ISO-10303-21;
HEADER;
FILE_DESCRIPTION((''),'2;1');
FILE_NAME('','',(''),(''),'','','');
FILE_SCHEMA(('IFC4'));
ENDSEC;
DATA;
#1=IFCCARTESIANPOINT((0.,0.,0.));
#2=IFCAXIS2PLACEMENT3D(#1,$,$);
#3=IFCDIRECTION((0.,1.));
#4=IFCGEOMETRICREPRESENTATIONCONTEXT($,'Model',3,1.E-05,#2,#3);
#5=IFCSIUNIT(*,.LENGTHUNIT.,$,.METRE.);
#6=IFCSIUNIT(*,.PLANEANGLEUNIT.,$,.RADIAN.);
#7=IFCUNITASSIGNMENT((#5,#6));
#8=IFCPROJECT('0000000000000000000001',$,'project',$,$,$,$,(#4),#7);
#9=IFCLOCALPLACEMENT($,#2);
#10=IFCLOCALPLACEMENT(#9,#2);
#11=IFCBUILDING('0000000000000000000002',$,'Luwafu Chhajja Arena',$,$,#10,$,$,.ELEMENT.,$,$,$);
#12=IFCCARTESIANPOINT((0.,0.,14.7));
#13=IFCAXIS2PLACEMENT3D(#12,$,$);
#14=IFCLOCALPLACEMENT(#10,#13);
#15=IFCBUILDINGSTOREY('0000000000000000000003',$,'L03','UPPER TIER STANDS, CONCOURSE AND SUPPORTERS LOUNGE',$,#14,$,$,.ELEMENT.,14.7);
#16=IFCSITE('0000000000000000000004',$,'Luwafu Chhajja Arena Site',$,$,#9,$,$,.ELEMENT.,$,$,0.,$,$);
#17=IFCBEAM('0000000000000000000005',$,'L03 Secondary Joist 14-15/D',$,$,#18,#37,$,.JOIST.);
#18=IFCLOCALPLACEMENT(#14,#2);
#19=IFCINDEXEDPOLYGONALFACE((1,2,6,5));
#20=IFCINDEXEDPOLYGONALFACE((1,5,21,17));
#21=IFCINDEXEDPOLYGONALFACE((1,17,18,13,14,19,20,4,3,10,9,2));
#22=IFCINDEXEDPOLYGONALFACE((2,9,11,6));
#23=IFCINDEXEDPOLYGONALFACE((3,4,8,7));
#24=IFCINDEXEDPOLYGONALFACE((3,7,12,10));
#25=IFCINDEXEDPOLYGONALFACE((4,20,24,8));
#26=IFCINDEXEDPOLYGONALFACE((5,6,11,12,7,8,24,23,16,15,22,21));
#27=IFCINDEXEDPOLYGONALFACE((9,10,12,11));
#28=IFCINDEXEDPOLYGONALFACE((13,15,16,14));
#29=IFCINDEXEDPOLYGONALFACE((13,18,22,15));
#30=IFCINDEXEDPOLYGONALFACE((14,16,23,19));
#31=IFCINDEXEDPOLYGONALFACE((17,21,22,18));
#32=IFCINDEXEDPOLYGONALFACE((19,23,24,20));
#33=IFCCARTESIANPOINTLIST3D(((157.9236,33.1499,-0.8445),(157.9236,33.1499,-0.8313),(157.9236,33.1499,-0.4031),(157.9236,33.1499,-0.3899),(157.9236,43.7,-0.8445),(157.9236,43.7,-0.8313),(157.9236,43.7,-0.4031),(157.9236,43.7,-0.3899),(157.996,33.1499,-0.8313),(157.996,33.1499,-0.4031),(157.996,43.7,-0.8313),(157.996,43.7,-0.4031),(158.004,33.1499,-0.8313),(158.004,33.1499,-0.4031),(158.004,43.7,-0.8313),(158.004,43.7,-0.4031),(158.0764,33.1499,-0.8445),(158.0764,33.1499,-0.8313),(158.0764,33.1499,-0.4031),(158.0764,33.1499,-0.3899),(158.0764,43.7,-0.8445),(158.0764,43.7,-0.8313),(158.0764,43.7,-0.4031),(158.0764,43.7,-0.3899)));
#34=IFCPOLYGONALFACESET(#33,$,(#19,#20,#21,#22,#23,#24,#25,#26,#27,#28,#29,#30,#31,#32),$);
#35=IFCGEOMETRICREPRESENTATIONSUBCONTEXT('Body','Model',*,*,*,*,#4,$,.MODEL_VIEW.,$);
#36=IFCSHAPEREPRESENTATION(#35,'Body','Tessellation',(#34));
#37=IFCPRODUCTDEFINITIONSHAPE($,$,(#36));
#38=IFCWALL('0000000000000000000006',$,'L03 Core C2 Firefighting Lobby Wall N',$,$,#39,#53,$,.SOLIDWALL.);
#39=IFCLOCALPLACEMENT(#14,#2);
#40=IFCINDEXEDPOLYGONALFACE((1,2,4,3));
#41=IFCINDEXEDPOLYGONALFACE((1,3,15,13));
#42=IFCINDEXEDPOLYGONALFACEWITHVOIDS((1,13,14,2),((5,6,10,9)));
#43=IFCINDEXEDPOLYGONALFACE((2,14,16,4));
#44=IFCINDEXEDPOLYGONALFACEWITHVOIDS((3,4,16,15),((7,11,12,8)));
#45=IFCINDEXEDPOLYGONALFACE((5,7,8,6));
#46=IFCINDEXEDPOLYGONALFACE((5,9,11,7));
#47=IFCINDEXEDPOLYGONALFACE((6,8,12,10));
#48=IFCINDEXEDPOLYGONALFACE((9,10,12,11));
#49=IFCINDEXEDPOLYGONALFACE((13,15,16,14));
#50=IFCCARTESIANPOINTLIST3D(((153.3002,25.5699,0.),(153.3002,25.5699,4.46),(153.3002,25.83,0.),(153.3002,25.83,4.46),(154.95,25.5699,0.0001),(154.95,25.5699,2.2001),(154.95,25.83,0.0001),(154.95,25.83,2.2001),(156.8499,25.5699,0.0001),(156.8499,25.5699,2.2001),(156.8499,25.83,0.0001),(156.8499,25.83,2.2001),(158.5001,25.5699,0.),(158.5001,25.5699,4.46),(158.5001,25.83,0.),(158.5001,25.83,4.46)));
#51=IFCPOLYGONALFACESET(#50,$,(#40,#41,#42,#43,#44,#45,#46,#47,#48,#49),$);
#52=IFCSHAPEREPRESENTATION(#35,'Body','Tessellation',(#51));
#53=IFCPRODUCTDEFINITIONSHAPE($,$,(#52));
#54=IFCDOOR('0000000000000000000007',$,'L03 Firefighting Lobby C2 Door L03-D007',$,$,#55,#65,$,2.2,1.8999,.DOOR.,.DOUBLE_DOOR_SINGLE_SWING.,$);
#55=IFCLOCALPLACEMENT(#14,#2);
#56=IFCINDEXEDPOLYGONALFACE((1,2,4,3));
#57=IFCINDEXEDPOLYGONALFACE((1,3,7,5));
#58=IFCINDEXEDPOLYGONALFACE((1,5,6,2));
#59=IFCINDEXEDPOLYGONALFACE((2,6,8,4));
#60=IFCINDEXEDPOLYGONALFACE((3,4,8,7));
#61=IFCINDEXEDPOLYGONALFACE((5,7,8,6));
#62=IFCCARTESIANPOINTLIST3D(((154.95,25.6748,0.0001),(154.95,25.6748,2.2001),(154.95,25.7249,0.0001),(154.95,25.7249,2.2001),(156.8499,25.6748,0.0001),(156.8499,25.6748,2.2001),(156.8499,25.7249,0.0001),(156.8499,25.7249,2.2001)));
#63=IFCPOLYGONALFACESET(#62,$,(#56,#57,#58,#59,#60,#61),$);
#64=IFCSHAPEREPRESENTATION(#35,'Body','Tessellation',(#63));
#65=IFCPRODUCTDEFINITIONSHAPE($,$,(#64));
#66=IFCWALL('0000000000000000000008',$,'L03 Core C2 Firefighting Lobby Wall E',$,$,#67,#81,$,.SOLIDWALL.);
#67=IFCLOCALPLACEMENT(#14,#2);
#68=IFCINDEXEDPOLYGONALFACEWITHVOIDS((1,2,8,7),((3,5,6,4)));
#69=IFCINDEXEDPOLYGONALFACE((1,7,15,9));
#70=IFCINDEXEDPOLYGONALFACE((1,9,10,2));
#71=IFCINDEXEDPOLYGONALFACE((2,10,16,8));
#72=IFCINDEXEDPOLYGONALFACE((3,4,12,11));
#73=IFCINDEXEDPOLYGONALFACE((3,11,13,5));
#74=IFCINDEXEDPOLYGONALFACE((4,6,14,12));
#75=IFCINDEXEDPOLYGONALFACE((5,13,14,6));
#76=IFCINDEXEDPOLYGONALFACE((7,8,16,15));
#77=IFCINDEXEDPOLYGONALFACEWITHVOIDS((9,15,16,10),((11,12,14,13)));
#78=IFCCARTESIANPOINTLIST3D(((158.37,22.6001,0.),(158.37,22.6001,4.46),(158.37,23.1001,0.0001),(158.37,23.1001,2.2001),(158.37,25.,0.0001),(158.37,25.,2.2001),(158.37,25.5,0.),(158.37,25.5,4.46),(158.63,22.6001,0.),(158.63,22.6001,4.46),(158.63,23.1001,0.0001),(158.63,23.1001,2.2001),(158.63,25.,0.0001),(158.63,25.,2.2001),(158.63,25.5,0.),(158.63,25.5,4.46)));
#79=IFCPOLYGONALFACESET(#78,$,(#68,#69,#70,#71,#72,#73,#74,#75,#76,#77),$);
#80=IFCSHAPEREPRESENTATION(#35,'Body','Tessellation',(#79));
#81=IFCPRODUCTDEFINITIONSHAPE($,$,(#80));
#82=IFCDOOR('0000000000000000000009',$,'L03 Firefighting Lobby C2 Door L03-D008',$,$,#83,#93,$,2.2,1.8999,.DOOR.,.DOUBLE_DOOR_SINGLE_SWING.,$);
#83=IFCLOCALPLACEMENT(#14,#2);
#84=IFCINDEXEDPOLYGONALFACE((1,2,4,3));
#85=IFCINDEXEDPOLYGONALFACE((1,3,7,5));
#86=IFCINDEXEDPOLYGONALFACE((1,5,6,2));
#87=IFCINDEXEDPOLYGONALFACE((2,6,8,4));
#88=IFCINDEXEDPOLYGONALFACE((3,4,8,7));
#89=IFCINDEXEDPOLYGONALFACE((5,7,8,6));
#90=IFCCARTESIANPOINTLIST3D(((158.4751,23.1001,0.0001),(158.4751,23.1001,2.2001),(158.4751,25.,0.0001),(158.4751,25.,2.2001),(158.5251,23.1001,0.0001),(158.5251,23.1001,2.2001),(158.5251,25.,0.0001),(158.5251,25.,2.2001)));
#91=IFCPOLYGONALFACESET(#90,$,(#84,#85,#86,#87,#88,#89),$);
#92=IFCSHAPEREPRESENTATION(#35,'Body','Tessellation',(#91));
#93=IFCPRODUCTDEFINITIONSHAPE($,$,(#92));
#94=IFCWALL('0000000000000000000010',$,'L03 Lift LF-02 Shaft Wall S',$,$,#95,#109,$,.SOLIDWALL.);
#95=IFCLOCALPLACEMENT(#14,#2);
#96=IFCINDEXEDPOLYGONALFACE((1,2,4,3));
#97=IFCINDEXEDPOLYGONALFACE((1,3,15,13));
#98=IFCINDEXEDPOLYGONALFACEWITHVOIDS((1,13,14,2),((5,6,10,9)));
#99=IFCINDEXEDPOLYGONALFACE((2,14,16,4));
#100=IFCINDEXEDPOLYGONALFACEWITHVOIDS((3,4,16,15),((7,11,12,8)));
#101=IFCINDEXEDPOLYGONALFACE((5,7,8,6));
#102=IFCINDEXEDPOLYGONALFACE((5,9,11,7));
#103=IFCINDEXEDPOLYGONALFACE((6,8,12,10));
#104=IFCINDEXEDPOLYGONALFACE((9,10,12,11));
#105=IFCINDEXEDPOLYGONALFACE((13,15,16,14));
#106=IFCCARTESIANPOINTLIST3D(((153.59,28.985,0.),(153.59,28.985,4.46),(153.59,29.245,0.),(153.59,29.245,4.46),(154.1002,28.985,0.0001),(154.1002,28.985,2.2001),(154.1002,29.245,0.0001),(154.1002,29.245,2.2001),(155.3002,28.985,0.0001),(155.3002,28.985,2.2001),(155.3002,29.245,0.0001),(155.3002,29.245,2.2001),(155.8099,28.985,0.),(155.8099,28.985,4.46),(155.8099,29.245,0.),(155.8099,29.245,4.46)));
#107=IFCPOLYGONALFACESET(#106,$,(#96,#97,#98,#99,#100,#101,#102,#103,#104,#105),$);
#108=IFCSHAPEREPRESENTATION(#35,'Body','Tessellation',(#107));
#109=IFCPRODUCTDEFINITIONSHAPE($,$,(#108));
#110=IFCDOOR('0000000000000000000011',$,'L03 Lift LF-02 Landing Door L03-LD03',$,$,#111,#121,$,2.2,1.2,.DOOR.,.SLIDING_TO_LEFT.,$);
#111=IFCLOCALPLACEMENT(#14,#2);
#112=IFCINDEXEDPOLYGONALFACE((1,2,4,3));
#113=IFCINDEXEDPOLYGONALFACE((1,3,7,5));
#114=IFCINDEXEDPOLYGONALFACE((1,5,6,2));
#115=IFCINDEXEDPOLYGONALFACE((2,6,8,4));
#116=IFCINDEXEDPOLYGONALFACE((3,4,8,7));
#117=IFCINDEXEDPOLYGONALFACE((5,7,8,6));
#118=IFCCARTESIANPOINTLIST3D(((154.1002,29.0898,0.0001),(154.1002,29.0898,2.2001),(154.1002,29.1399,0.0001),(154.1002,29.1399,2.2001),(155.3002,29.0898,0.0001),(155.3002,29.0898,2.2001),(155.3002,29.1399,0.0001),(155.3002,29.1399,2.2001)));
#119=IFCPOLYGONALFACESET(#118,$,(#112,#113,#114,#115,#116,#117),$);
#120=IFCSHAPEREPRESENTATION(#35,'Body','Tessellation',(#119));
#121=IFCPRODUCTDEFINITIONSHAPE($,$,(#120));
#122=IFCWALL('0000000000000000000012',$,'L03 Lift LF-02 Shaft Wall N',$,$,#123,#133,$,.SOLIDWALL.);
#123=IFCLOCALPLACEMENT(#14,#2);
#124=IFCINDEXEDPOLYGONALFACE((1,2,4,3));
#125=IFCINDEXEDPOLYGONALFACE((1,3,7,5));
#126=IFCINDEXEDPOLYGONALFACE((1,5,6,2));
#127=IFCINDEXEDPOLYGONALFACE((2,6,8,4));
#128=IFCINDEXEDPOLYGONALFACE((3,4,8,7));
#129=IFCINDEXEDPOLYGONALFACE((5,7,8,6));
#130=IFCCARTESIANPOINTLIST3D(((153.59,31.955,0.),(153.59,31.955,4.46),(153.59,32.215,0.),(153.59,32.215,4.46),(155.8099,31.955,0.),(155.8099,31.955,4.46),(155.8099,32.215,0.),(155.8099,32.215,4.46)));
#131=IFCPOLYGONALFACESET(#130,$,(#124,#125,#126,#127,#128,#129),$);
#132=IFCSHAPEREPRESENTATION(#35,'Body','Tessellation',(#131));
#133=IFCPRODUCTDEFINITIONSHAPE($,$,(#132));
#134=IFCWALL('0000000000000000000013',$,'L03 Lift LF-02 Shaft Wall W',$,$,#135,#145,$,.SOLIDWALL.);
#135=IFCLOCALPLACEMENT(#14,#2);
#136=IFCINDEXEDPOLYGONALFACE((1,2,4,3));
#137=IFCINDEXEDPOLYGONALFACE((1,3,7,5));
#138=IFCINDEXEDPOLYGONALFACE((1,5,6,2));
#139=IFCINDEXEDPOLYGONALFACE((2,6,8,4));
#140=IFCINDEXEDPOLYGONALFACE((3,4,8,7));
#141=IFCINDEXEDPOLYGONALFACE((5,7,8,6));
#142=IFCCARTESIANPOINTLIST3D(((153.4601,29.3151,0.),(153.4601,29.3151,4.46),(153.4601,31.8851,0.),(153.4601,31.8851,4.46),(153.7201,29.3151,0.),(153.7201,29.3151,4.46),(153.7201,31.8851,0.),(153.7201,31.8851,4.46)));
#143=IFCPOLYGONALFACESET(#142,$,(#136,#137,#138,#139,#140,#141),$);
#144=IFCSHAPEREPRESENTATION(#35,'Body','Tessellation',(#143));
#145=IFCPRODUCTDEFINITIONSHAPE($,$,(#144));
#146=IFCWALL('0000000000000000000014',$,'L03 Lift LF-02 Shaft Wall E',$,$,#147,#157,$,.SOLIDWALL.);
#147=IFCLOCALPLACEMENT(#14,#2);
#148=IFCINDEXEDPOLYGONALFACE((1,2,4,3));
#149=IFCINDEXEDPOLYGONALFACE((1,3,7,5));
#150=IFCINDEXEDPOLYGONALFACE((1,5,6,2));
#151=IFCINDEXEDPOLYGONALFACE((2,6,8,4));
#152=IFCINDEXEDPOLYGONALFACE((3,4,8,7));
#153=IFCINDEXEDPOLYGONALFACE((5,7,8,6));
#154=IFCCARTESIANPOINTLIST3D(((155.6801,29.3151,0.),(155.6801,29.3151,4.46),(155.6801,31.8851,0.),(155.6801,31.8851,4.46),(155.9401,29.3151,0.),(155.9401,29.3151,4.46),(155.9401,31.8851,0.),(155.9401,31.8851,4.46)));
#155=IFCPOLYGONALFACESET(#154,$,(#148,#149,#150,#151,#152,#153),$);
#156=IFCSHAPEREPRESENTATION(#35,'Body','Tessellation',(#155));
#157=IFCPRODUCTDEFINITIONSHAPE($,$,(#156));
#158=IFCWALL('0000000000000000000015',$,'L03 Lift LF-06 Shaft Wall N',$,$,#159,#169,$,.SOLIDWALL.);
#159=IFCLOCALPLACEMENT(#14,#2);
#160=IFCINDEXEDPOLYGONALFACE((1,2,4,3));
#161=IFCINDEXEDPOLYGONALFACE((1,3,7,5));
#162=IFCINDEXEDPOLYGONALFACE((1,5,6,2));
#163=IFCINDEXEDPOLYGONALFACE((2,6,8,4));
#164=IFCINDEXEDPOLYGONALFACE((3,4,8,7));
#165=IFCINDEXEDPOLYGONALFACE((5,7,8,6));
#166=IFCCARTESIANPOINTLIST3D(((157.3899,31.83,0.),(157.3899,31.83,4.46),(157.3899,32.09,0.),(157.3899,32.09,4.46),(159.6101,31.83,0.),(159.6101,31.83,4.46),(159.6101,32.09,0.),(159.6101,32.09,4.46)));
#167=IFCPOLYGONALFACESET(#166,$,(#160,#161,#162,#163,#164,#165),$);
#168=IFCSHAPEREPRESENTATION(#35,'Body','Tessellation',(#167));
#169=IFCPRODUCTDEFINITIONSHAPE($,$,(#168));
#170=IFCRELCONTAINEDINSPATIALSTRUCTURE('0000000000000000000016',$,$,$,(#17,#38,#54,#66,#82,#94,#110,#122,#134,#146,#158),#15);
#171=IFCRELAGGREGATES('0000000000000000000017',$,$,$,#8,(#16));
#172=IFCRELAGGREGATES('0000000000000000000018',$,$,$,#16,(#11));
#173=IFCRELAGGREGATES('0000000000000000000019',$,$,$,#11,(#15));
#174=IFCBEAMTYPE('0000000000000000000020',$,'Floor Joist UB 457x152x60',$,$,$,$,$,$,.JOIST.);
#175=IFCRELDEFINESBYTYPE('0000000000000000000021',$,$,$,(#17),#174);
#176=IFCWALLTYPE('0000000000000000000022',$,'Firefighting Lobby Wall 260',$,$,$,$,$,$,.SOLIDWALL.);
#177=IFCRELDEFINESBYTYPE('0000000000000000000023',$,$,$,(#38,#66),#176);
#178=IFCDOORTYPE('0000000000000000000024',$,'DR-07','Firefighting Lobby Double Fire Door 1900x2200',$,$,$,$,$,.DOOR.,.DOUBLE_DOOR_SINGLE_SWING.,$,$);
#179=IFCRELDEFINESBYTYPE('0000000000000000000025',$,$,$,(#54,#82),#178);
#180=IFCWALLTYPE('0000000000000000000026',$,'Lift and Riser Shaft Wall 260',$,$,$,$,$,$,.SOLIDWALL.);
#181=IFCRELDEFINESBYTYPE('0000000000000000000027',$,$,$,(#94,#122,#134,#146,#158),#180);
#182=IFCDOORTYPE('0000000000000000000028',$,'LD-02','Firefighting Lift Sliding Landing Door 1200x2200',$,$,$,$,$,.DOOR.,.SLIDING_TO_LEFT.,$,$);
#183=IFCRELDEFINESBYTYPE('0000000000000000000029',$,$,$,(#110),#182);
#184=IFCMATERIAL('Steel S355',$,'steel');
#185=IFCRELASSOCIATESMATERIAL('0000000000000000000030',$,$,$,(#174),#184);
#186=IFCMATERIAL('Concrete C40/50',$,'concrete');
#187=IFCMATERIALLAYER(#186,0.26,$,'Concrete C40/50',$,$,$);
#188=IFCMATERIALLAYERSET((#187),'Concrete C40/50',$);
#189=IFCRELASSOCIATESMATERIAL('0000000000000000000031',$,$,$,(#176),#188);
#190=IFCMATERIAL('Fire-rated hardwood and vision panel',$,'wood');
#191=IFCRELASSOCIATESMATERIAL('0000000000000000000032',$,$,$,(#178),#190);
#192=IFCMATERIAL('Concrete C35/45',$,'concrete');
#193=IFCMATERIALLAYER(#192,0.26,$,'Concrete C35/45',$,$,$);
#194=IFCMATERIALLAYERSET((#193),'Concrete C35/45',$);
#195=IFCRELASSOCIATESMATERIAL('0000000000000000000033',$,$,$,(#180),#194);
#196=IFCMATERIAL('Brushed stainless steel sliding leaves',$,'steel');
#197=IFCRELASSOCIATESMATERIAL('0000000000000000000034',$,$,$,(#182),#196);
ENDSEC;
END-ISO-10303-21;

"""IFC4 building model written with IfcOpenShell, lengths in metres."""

from ifc_helpers import new_model, si_unit, direction, frame, frame_2d, origin, origin_2d, place, context, subcontext, project, spatial, rectangle, i_section, extrude, material, layer, layer_set, material_profile, profile_set, type_object, element, fill, save


model = new_model("IFC4")

# Units and contexts
model_context = context("Model", 3, precision=1e-05, world=origin(), true_north=direction((0.0, 1.0)))
body_context = subcontext(model_context, "Body", "Model", "MODEL_VIEW")
ifc_project = project(units=[si_unit("LENGTHUNIT", "METRE"), si_unit("PLANEANGLEUNIT", "RADIAN")], contexts=[model_context])

# Site, building, storey
site_placement = place(None, origin())
site = spatial("IfcSite", under=ifc_project, at=site_placement, Name="Luwafu Chhajja Arena Site", CompositionType="ELEMENT", RefElevation=0.0)
building_placement = place(site_placement, origin())
building = spatial("IfcBuilding", under=site, at=building_placement, Name="Luwafu Chhajja Arena", CompositionType="ELEMENT")
storey_placement = place(building_placement, frame((0.0, 0.0, 14.7)))
storey = spatial("IfcBuildingStorey", under=building, at=storey_placement, Name="L03", Description="UPPER TIER STANDS, CONCOURSE AND SUPPORTERS LOUNGE", CompositionType="ELEMENT", Elevation=14.7)

# Beam
ifc_material_1 = material(Name="Steel S355", Category="steel")
ifc_material_profile = material_profile(ifc_material_1, i_section(OverallWidth=0.1528, OverallDepth=0.4546, WebThickness=0.0081, FlangeThickness=0.0132, at=origin_2d()), Name="UB 457x152x60")
ifc_profile_set = profile_set([ifc_material_profile], Name="Steel S355")
beam_type = type_object("IfcBeamType", Name="Floor Joist UB 457x152x60", PredefinedType="JOIST", material=ifc_profile_set)
beam_placement = place(storey_placement, frame((158.0, 33.1499, -0.6172), z_axis=(0.0, 1.0, 0.0), x_axis=(-1.0, 0.0, 0.0)))
element("IfcBeam", 1, at=beam_placement, inside=storey, type_object=beam_type, Name="L03 Secondary Joist 14-15/D", PredefinedType="JOIST", context=body_context, shape_type="SweptSolid", body=[
    extrude(i_section(OverallWidth=0.1528, OverallDepth=0.4546, WebThickness=0.0081, FlangeThickness=0.0132, at=origin_2d()), origin(), (0.0, 0.0, 1.0), 10.55),
])

# Walls, openings, doors
ifc_material_2 = material(Name="Concrete C40/50", Category="concrete")
ifc_layer_1 = layer(ifc_material_2, 0.26, Name="Concrete C40/50")
ifc_layer_set_1 = layer_set([ifc_layer_1], Name="Concrete C40/50")
wall_type_1 = type_object("IfcWallType", Name="Firefighting Lobby Wall 260", PredefinedType="SOLIDWALL", material=ifc_layer_set_1)
wall_1_placement = place(storey_placement, frame((153.3, 25.7, 0.0), z_axis=(0.0, 0.0, 1.0), x_axis=(1.0, 0.0, 0.0)))
wall_1 = element("IfcWall", 2, at=wall_1_placement, inside=storey, type_object=wall_type_1, Name="L03 Core C2 Firefighting Lobby Wall N", PredefinedType="SOLIDWALL", context=body_context, shape_type="SweptSolid", body=[
    extrude(rectangle(XDim=5.2, YDim=0.26, at=frame_2d((2.6001, 0.0))), origin(), (0.0, 0.0, 1.0), 4.46),
])
opening_1_placement = place(wall_1_placement, frame((1.6499, 0.0, 0.0)))
opening_1 = element("IfcOpeningElement", 3, at=opening_1_placement, cuts=wall_1, PredefinedType="OPENING", context=body_context, shape_type="SweptSolid", body=[
    extrude(rectangle(XDim=1.8999, YDim=2.2, at=frame_2d((0.95, 1.1001))), frame((0.0, 0.1399, 0.0), z_axis=(0.0, -1.0, 0.0), x_axis=(1.0, 0.0, 0.0)), (0.0, 0.0, 1.0), 0.28),
])
ifc_material_3 = material(Name="Fire-rated hardwood and vision panel", Category="wood")
door_type_1 = type_object("IfcDoorType", Name="DR-07", Description="Firefighting Lobby Double Fire Door 1900x2200", OperationType="DOUBLE_DOOR_SINGLE_SWING", PredefinedType="DOOR", material=ifc_material_3)
door_1_placement = place(opening_1_placement, origin())
door_1 = element("IfcDoor", 4, at=door_1_placement, inside=storey, type_object=door_type_1, Name="L03 Firefighting Lobby C2 Door L03-D007", OperationType="DOUBLE_DOOR_SINGLE_SWING", OverallHeight=2.2, OverallWidth=1.8999, PredefinedType="DOOR", context=body_context, shape_type="SweptSolid", body=[
    extrude(rectangle(XDim=1.8999, YDim=2.2, at=frame_2d((0.95, 1.1001))), frame((0.0, 0.0249, 0.0), z_axis=(0.0, -1.0, 0.0), x_axis=(1.0, 0.0, 0.0)), (0.0, 0.0, 1.0), 0.05),
])
fill(opening_1, door_1)
wall_2_placement = place(storey_placement, frame((158.5, 22.6001, 0.0), z_axis=(0.0, 0.0, 1.0), x_axis=(0.0, 1.0, 0.0)))
wall_2 = element("IfcWall", 5, at=wall_2_placement, inside=storey, type_object=wall_type_1, Name="L03 Core C2 Firefighting Lobby Wall E", PredefinedType="SOLIDWALL", context=body_context, shape_type="SweptSolid", body=[
    extrude(rectangle(XDim=2.8999, YDim=0.26, at=frame_2d((1.45, 0.0))), origin(), (0.0, 0.0, 1.0), 4.46),
])
opening_2_placement = place(wall_2_placement, frame((0.5, 0.0, 0.0)))
opening_2 = element("IfcOpeningElement", 6, at=opening_2_placement, cuts=wall_2, PredefinedType="OPENING", context=body_context, shape_type="SweptSolid", body=[
    extrude(rectangle(XDim=1.8999, YDim=2.2, at=frame_2d((0.95, 1.1001))), frame((0.0, 0.1399, 0.0), z_axis=(0.0, -1.0, 0.0), x_axis=(1.0, 0.0, 0.0)), (0.0, 0.0, 1.0), 0.28),
])
door_2_placement = place(opening_2_placement, origin())
door_2 = element("IfcDoor", 7, at=door_2_placement, inside=storey, type_object=door_type_1, Name="L03 Firefighting Lobby C2 Door L03-D008", OperationType="DOUBLE_DOOR_SINGLE_SWING", OverallHeight=2.2, OverallWidth=1.8999, PredefinedType="DOOR", context=body_context, shape_type="SweptSolid", body=[
    extrude(rectangle(XDim=1.8999, YDim=2.2, at=frame_2d((0.95, 1.1001))), frame((0.0, 0.0249, 0.0), z_axis=(0.0, -1.0, 0.0), x_axis=(1.0, 0.0, 0.0)), (0.0, 0.0, 1.0), 0.05),
])
fill(opening_2, door_2)
ifc_material_4 = material(Name="Concrete C35/45", Category="concrete")
ifc_layer_2 = layer(ifc_material_4, 0.26, Name="Concrete C35/45")
ifc_layer_set_2 = layer_set([ifc_layer_2], Name="Concrete C35/45")
wall_type_2 = type_object("IfcWallType", Name="Lift and Riser Shaft Wall 260", PredefinedType="SOLIDWALL", material=ifc_layer_set_2)
wall_3_placement = place(storey_placement, frame((153.5901, 29.115, 0.0), z_axis=(0.0, 0.0, 1.0), x_axis=(1.0, 0.0, 0.0)))
wall_3 = element("IfcWall", 8, at=wall_3_placement, inside=storey, type_object=wall_type_2, Name="L03 Lift LF-02 Shaft Wall S", PredefinedType="SOLIDWALL", context=body_context, shape_type="SweptSolid", body=[
    extrude(rectangle(XDim=2.22, YDim=0.26, at=frame_2d((1.1099, 0.0))), origin(), (0.0, 0.0, 1.0), 4.46),
])
opening_3_placement = place(wall_3_placement, frame((0.51, 0.0, 0.0)))
opening_3 = element("IfcOpeningElement", 9, at=opening_3_placement, cuts=wall_3, PredefinedType="OPENING", context=body_context, shape_type="SweptSolid", body=[
    extrude(rectangle(XDim=1.2, YDim=2.2, at=frame_2d((0.6001, 1.1001))), frame((0.0, 0.1399, 0.0), z_axis=(0.0, -1.0, 0.0), x_axis=(1.0, 0.0, 0.0)), (0.0, 0.0, 1.0), 0.28),
])
ifc_material_5 = material(Name="Brushed stainless steel sliding leaves", Category="steel")
door_type_2 = type_object("IfcDoorType", Name="LD-02", Description="Firefighting Lift Sliding Landing Door 1200x2200", OperationType="SLIDING_TO_LEFT", PredefinedType="DOOR", material=ifc_material_5)
door_3_placement = place(opening_3_placement, origin())
door_3 = element("IfcDoor", 10, at=door_3_placement, inside=storey, type_object=door_type_2, Name="L03 Lift LF-02 Landing Door L03-LD03", OperationType="SLIDING_TO_LEFT", OverallHeight=2.2, OverallWidth=1.2, PredefinedType="DOOR", context=body_context, shape_type="SweptSolid", body=[
    extrude(rectangle(XDim=1.2, YDim=2.2, at=frame_2d((0.6001, 1.1001))), frame((0.0, 0.0249, 0.0), z_axis=(0.0, -1.0, 0.0), x_axis=(1.0, 0.0, 0.0)), (0.0, 0.0, 1.0), 0.05),
])
fill(opening_3, door_3)

# Walls
wall_4_placement = place(storey_placement, frame((153.5901, 32.085, 0.0), z_axis=(0.0, 0.0, 1.0), x_axis=(1.0, 0.0, 0.0)))
element("IfcWall", 11, at=wall_4_placement, inside=storey, type_object=wall_type_2, Name="L03 Lift LF-02 Shaft Wall N", PredefinedType="SOLIDWALL", context=body_context, shape_type="SweptSolid", body=[
    extrude(rectangle(XDim=2.22, YDim=0.26, at=frame_2d((1.1099, 0.0))), origin(), (0.0, 0.0, 1.0), 4.46),
])
for number, where, z_axis, x_axis, name in (
    (12, (153.5901, 29.3149, 0.0), (0.0, 0.0, 1.0), (0.0, 1.0, 0.0), "L03 Lift LF-02 Shaft Wall W"),
    (13, (155.8101, 29.3149, 0.0), (0.0, 0.0, 1.0), (0.0, 1.0, 0.0), "L03 Lift LF-02 Shaft Wall E"),
):
    element("IfcWall", number, at=place(storey_placement, frame(where, z_axis=z_axis, x_axis=x_axis)), inside=storey, type_object=wall_type_2, Name=name, PredefinedType="SOLIDWALL", context=body_context, shape_type="SweptSolid", body=[
        extrude(rectangle(XDim=2.5701, YDim=0.26, at=frame_2d((1.2852, 0.0))), origin(), (0.0, 0.0, 1.0), 4.46),
    ])

# Wall
wall_5_placement = place(storey_placement, frame((157.3899, 31.96, 0.0), z_axis=(0.0, 0.0, 1.0), x_axis=(1.0, 0.0, 0.0)))
element("IfcWall", 14, at=wall_5_placement, inside=storey, type_object=wall_type_2, Name="L03 Lift LF-06 Shaft Wall N", PredefinedType="SOLIDWALL", context=body_context, shape_type="SweptSolid", body=[
    extrude(rectangle(XDim=2.2202, YDim=0.26, at=frame_2d((1.1101, 0.0))), origin(), (0.0, 0.0, 1.0), 4.46),
])

save(model, "model.ifc")
